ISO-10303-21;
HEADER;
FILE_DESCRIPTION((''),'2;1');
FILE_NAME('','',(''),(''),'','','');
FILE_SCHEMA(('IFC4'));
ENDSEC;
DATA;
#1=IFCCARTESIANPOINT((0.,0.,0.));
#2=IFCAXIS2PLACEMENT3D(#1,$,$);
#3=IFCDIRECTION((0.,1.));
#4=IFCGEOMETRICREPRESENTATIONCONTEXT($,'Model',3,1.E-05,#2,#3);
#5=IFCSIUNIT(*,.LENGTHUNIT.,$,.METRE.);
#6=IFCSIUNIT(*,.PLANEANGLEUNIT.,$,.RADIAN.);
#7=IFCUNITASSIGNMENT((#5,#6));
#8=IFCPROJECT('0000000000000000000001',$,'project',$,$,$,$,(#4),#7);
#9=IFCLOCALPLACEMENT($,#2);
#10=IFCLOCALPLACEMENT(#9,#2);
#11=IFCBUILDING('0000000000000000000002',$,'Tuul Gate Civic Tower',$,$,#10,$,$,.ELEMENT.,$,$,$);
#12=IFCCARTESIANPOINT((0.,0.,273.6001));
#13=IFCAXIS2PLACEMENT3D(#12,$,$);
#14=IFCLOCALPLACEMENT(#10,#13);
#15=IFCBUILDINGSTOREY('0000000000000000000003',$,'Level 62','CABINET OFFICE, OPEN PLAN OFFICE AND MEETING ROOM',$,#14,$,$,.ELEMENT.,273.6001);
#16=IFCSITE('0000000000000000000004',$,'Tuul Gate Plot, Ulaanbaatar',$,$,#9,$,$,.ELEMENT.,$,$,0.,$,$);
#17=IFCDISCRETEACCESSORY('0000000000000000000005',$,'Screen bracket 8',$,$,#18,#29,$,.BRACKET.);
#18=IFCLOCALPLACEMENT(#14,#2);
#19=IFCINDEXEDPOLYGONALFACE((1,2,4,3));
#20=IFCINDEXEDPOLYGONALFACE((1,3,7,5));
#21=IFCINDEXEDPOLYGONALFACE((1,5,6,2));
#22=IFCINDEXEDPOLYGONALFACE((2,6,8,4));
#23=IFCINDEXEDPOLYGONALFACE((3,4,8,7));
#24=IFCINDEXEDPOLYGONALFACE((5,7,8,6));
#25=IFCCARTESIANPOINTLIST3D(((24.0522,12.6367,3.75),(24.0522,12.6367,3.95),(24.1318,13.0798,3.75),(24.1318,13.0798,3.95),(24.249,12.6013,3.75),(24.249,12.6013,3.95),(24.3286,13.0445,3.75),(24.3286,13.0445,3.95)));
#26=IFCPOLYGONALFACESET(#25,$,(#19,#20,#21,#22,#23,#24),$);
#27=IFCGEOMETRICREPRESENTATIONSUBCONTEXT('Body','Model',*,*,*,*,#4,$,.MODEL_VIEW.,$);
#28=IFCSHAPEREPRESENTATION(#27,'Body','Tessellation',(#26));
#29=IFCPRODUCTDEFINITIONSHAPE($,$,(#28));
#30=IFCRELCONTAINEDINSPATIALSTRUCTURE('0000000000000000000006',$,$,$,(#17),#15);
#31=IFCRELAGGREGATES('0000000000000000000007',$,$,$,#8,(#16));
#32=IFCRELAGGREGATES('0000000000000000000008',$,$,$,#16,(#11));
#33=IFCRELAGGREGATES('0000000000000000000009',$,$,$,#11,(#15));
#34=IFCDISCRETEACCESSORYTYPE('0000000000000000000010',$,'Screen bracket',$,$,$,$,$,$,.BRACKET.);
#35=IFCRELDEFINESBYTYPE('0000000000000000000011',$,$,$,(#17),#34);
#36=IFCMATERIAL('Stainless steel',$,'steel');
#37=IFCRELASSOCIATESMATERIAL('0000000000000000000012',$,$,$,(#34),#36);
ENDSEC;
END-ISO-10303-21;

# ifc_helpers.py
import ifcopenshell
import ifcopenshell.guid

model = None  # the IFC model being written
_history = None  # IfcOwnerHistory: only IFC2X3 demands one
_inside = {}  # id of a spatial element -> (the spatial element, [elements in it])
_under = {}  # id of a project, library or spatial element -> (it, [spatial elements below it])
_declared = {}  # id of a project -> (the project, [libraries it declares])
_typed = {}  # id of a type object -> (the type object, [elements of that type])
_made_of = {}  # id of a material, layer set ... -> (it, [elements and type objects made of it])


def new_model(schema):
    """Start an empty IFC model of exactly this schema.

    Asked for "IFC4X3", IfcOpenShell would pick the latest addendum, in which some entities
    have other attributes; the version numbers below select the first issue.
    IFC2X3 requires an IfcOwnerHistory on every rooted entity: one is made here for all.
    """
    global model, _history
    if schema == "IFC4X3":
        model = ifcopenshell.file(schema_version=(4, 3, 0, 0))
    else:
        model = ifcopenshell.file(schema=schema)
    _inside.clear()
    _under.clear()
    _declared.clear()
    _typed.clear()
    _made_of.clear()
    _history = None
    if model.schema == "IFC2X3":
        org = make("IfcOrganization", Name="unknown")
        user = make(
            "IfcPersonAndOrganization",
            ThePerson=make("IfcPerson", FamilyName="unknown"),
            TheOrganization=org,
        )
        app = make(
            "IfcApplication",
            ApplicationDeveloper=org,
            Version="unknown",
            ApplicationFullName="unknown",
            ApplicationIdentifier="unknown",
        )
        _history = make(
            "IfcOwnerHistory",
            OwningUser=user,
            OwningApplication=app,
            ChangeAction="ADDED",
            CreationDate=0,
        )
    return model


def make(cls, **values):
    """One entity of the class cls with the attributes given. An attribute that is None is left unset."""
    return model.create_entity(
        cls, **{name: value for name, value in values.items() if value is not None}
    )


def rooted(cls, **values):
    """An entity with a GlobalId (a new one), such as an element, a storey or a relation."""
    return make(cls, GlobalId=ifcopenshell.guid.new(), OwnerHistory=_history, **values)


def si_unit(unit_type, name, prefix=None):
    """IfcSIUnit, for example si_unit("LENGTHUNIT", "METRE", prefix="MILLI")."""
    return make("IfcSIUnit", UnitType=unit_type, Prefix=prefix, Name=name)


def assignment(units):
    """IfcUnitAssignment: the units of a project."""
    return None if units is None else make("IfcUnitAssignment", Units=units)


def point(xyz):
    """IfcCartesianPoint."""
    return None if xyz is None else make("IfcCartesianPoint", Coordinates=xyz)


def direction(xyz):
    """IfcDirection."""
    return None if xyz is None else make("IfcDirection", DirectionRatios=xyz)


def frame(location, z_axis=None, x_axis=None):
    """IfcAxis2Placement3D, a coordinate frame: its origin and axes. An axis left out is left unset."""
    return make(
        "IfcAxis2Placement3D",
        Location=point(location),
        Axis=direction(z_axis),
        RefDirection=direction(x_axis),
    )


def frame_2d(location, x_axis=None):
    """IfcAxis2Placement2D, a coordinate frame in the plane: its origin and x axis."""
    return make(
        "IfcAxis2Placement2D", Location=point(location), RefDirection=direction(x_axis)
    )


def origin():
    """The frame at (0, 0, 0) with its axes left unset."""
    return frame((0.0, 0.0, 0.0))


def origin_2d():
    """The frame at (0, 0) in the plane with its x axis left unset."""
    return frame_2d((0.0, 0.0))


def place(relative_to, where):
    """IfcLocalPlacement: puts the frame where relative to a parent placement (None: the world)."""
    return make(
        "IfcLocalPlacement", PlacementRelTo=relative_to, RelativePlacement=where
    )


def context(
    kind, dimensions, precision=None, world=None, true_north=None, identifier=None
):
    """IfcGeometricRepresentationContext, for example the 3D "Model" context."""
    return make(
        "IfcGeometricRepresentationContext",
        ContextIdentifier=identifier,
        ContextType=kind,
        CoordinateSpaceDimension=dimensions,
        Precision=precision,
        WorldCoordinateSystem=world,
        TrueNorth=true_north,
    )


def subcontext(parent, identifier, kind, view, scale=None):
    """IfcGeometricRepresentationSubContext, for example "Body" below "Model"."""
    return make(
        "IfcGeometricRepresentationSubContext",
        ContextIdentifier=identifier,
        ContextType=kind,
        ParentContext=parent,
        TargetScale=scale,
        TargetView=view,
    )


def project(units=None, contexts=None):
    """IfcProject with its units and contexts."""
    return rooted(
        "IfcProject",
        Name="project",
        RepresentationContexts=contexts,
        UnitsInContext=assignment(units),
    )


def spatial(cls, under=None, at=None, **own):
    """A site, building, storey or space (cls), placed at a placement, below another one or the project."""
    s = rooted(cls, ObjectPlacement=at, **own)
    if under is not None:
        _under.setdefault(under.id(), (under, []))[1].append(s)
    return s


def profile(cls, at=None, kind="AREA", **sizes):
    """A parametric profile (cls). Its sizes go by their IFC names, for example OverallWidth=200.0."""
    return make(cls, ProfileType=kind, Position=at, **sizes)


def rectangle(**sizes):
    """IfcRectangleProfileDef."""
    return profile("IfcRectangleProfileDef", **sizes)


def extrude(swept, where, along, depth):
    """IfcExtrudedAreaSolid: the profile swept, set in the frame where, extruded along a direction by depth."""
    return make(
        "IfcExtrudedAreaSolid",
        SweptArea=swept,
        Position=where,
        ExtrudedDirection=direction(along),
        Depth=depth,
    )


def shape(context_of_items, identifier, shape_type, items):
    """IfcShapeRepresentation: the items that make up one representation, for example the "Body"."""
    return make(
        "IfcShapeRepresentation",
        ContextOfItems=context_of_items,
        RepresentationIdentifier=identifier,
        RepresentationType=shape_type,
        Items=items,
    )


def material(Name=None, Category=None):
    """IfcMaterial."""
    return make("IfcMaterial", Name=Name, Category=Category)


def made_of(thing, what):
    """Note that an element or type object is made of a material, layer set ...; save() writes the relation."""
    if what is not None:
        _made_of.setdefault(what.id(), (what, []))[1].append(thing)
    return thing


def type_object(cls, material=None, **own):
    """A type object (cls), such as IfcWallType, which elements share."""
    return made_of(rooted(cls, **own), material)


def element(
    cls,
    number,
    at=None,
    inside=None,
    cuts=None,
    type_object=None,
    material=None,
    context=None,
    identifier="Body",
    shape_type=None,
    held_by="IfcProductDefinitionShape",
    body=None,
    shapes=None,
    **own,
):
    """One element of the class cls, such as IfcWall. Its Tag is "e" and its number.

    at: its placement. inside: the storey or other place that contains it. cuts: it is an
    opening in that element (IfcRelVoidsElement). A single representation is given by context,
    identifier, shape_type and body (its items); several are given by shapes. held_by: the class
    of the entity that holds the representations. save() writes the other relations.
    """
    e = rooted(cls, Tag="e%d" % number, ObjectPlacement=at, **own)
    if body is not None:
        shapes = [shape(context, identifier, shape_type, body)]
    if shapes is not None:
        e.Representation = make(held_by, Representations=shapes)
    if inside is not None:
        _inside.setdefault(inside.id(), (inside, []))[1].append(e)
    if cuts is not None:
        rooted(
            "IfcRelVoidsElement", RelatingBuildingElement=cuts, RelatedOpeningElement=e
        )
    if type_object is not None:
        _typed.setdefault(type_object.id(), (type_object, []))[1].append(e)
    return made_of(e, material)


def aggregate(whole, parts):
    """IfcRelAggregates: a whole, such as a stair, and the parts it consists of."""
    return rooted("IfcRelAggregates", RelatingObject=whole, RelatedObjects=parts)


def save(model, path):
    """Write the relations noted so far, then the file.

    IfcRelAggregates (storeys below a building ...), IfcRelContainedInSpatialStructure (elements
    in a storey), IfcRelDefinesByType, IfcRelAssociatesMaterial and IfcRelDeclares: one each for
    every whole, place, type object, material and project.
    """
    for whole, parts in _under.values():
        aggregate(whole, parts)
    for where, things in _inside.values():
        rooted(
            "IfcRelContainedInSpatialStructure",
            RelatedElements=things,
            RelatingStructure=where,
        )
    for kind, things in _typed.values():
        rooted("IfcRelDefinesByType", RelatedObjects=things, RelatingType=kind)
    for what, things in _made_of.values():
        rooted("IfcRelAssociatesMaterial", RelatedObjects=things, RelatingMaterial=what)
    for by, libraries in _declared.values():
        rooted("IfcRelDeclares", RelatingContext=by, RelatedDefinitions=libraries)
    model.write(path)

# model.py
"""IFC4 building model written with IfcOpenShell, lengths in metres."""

from ifc_helpers import new_model, si_unit, direction, frame, origin, origin_2d, place, context, subcontext, project, spatial, rectangle, extrude, material, type_object, element, save


model = new_model("IFC4")

# Units and contexts
model_context = context("Model", 3, precision=1e-05, world=origin(), true_north=direction((0.0, 1.0)))
body_context = subcontext(model_context, "Body", "Model", "MODEL_VIEW")
ifc_project = project(units=[si_unit("LENGTHUNIT", "METRE"), si_unit("PLANEANGLEUNIT", "RADIAN")], contexts=[model_context])

# Site, building, storey
site_placement = place(None, origin())
site = spatial("IfcSite", under=ifc_project, at=site_placement, Name="Tuul Gate Plot, Ulaanbaatar", CompositionType="ELEMENT", RefElevation=0.0)
building_placement = place(site_placement, origin())
building = spatial("IfcBuilding", under=site, at=building_placement, Name="Tuul Gate Civic Tower", CompositionType="ELEMENT")
storey_placement = place(building_placement, frame((0.0, 0.0, 273.6001)))
storey = spatial("IfcBuildingStorey", under=building, at=storey_placement, Name="Level 62", Description="CABINET OFFICE, OPEN PLAN OFFICE AND MEETING ROOM", CompositionType="ELEMENT", Elevation=273.6001)

# Discrete accessory
ifc_material_1 = material(Name="Stainless steel", Category="steel")
discrete_accessory_type = type_object("IfcDiscreteAccessoryType", Name="Screen bracket", PredefinedType="BRACKET", material=ifc_material_1)
discrete_accessory_placement = place(storey_placement, frame((24.1904, 12.8406, 3.75), z_axis=(0.0, 0.0, 1.0), x_axis=(0.176789, 0.984249, 0.0)))
element("IfcDiscreteAccessory", 1, at=discrete_accessory_placement, inside=storey, type_object=discrete_accessory_type, Name="Screen bracket 8", PredefinedType="BRACKET", context=body_context, shape_type="SweptSolid", body=[
    extrude(rectangle(XDim=0.4502, YDim=0.2, at=origin_2d()), origin(), (0.0, 0.0, 1.0), 0.2),
])

save(model, "model.ifc")
